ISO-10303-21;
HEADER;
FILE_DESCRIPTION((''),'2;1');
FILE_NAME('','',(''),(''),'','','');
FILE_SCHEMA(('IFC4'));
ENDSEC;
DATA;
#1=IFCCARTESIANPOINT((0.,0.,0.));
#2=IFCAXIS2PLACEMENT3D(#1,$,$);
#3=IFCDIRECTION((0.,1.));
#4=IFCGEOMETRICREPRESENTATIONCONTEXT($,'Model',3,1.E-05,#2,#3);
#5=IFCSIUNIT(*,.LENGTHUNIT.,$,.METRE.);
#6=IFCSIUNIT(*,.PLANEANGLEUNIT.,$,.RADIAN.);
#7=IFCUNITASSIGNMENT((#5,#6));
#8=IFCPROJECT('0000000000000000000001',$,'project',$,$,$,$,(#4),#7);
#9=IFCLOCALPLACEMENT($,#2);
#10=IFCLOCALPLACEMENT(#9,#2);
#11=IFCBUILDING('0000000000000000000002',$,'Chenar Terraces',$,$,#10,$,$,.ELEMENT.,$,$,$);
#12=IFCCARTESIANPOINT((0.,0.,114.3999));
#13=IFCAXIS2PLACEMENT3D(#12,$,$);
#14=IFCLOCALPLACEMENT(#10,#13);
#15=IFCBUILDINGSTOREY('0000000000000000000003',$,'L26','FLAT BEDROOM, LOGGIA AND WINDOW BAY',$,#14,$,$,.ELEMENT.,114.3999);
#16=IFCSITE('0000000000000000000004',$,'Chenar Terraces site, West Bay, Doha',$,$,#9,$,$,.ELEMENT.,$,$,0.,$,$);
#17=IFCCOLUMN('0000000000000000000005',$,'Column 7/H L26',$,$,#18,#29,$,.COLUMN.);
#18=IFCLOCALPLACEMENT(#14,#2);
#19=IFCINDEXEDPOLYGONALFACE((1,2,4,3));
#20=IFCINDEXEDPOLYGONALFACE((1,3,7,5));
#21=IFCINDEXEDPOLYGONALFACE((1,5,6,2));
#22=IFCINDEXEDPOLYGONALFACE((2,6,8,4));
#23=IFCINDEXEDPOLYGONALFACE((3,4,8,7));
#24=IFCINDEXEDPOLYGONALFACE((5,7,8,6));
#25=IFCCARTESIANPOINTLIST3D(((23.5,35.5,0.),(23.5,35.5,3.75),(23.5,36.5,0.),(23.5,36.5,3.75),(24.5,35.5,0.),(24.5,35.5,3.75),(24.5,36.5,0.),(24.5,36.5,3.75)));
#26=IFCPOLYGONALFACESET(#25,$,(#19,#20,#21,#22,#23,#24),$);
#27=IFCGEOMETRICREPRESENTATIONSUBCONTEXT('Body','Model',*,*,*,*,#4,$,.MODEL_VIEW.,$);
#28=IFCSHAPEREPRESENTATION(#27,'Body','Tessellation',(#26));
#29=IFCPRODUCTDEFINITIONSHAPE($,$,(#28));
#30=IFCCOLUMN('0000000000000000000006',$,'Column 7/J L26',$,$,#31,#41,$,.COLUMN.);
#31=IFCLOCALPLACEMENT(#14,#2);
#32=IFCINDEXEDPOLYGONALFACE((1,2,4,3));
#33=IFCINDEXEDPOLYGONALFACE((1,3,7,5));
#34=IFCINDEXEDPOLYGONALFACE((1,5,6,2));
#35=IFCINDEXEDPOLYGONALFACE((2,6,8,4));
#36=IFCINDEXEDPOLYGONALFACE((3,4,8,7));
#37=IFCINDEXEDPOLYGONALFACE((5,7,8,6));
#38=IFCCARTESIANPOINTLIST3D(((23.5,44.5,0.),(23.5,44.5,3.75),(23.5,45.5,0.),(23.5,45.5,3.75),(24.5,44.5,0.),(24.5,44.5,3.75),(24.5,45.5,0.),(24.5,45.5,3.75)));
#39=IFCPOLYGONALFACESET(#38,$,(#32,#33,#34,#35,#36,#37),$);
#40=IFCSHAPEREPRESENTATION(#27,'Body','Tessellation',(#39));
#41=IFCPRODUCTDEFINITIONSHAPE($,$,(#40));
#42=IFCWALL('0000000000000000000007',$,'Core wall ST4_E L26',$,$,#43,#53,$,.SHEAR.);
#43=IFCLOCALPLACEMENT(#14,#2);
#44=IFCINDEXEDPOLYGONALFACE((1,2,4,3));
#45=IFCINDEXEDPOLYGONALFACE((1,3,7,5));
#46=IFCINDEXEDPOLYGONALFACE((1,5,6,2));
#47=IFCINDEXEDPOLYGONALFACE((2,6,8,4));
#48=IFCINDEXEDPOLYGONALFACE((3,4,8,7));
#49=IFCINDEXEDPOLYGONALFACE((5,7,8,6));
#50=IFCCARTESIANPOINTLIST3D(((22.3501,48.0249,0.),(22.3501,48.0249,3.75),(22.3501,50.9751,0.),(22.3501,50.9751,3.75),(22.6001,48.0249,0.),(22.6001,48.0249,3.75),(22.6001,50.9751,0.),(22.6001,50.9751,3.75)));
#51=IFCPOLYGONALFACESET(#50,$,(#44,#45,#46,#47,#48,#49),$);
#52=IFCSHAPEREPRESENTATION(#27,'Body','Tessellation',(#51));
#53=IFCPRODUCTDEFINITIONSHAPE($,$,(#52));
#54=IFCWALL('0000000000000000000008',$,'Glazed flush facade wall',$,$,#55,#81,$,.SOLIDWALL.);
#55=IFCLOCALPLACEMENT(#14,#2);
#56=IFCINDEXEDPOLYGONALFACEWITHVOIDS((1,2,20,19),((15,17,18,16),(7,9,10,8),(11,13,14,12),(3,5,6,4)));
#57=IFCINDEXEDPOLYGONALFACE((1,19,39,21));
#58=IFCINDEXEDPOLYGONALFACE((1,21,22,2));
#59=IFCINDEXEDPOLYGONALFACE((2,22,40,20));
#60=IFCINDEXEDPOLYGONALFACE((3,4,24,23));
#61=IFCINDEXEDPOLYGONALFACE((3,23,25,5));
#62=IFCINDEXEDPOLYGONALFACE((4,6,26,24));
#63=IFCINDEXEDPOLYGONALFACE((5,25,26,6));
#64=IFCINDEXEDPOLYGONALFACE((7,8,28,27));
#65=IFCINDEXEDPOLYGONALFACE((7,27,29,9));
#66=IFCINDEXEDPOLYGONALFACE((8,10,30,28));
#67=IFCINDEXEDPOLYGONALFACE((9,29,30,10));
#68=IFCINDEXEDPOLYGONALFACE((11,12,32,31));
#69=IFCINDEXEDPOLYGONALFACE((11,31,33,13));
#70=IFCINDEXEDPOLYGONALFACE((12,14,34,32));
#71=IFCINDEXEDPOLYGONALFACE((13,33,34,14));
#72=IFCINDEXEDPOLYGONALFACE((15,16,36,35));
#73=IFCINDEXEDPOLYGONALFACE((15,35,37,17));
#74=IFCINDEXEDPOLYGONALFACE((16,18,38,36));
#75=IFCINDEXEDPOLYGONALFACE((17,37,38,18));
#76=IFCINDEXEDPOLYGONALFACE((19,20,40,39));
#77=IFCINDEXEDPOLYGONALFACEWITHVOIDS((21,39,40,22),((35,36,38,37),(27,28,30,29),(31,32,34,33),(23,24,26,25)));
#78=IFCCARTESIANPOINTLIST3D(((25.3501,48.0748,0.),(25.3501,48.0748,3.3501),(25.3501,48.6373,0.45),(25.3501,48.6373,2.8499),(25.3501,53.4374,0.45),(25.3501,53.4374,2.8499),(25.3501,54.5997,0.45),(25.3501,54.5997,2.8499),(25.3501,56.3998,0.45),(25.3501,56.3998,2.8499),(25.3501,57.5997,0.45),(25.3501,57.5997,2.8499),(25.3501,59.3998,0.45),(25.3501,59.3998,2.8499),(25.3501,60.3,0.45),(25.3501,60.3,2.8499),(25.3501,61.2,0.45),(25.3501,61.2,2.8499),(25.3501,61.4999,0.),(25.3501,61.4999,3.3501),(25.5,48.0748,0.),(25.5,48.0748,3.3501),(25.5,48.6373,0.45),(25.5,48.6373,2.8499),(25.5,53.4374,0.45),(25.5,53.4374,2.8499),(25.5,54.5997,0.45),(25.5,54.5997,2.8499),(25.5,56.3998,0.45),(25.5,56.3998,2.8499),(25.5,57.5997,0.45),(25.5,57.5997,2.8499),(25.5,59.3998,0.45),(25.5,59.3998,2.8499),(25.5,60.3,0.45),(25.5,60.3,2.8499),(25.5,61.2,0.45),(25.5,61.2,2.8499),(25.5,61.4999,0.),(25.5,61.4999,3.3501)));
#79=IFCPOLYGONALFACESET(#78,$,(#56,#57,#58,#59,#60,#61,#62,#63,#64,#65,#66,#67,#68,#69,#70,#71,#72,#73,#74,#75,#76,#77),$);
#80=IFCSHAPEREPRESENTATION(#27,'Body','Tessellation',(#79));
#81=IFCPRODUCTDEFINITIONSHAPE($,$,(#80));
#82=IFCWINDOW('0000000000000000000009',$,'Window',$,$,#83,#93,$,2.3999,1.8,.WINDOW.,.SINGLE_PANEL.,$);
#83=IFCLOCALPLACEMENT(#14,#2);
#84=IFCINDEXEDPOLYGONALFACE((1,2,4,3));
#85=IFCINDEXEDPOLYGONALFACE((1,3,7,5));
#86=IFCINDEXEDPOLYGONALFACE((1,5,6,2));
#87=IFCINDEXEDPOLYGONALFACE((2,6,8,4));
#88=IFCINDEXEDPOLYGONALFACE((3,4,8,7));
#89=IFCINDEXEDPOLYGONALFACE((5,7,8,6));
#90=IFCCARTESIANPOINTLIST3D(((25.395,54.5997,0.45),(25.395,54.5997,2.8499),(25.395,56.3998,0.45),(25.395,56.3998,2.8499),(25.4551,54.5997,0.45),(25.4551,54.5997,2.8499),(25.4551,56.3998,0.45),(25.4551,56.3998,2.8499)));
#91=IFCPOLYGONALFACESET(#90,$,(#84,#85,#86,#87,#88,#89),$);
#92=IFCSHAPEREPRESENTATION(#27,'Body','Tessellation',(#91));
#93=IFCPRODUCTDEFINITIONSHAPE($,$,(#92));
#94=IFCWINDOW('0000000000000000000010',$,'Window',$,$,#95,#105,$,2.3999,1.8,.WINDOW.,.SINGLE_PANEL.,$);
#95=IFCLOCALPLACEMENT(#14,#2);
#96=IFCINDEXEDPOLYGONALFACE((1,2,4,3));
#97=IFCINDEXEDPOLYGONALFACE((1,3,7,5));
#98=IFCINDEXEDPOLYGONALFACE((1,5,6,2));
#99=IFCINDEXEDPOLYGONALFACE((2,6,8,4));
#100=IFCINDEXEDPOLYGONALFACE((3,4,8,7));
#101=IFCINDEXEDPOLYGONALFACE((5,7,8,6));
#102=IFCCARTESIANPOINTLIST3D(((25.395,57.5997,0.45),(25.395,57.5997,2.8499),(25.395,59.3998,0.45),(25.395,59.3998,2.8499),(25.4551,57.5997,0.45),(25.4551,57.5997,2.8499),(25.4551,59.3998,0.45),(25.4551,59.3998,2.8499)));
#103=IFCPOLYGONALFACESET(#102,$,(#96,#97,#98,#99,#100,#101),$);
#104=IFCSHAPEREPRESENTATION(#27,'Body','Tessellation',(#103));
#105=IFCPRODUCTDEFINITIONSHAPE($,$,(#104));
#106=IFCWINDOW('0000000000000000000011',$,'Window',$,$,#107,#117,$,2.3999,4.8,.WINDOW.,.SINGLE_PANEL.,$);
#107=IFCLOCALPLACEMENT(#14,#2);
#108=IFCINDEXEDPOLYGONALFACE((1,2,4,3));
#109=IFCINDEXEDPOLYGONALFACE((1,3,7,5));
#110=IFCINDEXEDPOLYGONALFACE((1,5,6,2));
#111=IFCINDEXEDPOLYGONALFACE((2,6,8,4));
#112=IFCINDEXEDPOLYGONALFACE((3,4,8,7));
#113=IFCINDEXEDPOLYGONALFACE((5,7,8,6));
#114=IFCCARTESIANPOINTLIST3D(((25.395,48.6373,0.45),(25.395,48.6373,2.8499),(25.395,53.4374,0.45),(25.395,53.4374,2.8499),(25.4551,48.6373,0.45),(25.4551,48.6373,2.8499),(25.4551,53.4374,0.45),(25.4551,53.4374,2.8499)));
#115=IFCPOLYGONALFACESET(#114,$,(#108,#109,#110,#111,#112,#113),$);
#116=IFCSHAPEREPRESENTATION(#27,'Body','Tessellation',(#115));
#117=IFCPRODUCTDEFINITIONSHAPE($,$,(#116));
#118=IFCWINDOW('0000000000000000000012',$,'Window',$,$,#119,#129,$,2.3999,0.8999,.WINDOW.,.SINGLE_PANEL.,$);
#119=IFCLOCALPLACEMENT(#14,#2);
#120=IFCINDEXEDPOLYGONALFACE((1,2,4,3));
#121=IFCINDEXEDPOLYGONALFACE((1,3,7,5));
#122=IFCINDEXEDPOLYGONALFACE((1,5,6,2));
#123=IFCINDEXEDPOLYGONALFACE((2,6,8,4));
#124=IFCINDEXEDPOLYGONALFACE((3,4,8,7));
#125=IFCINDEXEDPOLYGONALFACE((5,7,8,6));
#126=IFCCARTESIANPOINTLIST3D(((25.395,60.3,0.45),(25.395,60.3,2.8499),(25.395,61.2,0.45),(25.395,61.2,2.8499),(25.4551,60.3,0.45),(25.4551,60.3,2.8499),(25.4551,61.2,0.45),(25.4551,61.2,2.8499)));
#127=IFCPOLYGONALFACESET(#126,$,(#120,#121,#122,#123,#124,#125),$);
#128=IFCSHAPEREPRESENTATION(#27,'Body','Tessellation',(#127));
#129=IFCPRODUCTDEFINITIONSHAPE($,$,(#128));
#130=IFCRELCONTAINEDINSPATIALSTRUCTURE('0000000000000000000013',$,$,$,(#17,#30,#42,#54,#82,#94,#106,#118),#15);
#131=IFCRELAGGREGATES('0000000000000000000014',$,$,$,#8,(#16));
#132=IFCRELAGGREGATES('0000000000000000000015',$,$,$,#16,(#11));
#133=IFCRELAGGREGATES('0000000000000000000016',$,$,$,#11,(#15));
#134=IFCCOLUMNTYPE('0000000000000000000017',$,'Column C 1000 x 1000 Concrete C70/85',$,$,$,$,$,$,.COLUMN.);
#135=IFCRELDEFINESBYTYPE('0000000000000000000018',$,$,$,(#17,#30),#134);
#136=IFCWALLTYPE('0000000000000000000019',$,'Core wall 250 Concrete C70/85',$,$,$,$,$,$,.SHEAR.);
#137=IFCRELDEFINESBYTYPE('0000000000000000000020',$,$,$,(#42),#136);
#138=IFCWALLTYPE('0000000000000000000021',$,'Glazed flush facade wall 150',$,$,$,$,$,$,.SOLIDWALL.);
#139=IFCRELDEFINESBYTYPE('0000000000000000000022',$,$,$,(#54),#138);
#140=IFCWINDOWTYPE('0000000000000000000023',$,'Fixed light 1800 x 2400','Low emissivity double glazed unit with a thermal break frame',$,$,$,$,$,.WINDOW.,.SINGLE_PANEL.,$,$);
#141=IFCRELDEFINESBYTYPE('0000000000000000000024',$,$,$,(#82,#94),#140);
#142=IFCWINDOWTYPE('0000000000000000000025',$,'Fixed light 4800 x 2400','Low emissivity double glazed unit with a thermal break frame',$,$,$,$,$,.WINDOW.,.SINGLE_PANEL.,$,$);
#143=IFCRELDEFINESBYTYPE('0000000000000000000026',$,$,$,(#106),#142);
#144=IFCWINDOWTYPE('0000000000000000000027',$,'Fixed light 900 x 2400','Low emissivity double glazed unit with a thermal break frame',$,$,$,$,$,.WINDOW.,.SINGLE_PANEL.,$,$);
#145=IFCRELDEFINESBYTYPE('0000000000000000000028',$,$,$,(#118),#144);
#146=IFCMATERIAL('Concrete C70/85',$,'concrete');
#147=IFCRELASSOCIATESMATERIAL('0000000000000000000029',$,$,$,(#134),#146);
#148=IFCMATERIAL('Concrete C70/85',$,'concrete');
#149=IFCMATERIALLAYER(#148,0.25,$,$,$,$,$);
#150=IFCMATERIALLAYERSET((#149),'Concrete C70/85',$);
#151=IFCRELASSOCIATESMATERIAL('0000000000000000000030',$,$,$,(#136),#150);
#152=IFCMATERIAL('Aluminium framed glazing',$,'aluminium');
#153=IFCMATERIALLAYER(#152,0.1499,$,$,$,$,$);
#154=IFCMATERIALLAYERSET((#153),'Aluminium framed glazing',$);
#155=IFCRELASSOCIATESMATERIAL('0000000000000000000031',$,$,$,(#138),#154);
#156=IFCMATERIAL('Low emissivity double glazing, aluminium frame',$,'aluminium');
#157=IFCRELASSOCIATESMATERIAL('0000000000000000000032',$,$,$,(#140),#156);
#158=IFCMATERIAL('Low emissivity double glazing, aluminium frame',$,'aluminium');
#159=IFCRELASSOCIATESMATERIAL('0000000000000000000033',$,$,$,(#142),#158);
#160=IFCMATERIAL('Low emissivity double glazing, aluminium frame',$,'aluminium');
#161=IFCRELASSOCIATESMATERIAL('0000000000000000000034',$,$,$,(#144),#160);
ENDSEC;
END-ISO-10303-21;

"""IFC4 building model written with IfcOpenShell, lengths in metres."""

from ifc_helpers import new_model, si_unit, direction, frame, frame_2d, origin, origin_2d, place, context, subcontext, project, spatial, rectangle, extrude, material, layer, layer_set, material_profile, profile_set, type_object, element, fill, save


model = new_model("IFC4")

# Units and contexts
model_context = context("Model", 3, precision=1e-05, world=origin(), true_north=direction((0.0, 1.0)))
body_context = subcontext(model_context, "Body", "Model", "MODEL_VIEW")
ifc_project = project(units=[si_unit("LENGTHUNIT", "METRE"), si_unit("PLANEANGLEUNIT", "RADIAN")], contexts=[model_context])

# Site, building, storey
site_placement = place(None, origin())
site = spatial("IfcSite", under=ifc_project, at=site_placement, Name="Chenar Terraces site, West Bay, Doha", CompositionType="ELEMENT", RefElevation=0.0)
building_placement = place(site_placement, origin())
building = spatial("IfcBuilding", under=site, at=building_placement, Name="Chenar Terraces", CompositionType="ELEMENT")
storey_placement = place(building_placement, frame((0.0, 0.0, 114.3999)))
storey = spatial("IfcBuildingStorey", under=building, at=storey_placement, Name="L26", Description="FLAT BEDROOM, LOGGIA AND WINDOW BAY", CompositionType="ELEMENT", Elevation=114.3999)

# Columns
ifc_material_1 = material(Name="Concrete C70/85", Category="concrete")
ifc_material_profile = material_profile(ifc_material_1, rectangle(XDim=1.0, YDim=1.0, at=origin_2d()), Name="C 1000 x 1000")
ifc_profile_set = profile_set([ifc_material_profile], Name="Concrete C70/85")
column_type = type_object("IfcColumnType", Name="Column C 1000 x 1000 Concrete C70/85", PredefinedType="COLUMN", material=ifc_profile_set)
for number, where, z_axis, x_axis, name in (
    (1, (24.0, 36.0, 0.0), (0.0, 0.0, 1.0), (1.0, 0.0, 0.0), "Column 7/H L26"),
    (2, (24.0, 45.0, 0.0), (0.0, 0.0, 1.0), (1.0, 0.0, 0.0), "Column 7/J L26"),
):
    element("IfcColumn", number, at=place(storey_placement, frame(where, z_axis=z_axis, x_axis=x_axis)), inside=storey, type_object=column_type, Name=name, PredefinedType="COLUMN", context=body_context, shape_type="SweptSolid", body=[
        extrude(rectangle(XDim=1.0, YDim=1.0, at=origin_2d()), origin(), (0.0, 0.0, 1.0), 3.75),
    ])

# Wall
ifc_material_2 = material(Name="Concrete C70/85", Category="concrete")
ifc_layer_1 = layer(ifc_material_2, 0.25)
ifc_layer_set_1 = layer_set([ifc_layer_1], Name="Concrete C70/85")
wall_type_1 = type_object("IfcWallType", Name="Core wall 250 Concrete C70/85", PredefinedType="SHEAR", material=ifc_layer_set_1)
wall_1_placement = place(storey_placement, frame((22.4751, 48.0249, 0.0), z_axis=(0.0, 0.0, 1.0), x_axis=(0.0, 1.0, 0.0)))
element("IfcWall", 3, at=wall_1_placement, inside=storey, type_object=wall_type_1, Name="Core wall ST4_E L26", PredefinedType="SHEAR", context=body_context, shape_type="SweptSolid", body=[
    extrude(rectangle(XDim=2.9502, YDim=0.25, at=frame_2d((1.4751, 0.0))), origin(), (0.0, 0.0, 1.0), 3.75),
])

# Wall, openings, windows
ifc_material_3 = material(Name="Aluminium framed glazing", Category="aluminium")
ifc_layer_2 = layer(ifc_material_3, 0.1499)
ifc_layer_set_2 = layer_set([ifc_layer_2], Name="Aluminium framed glazing")
wall_type_2 = type_object("IfcWallType", Name="Glazed flush facade wall 150", PredefinedType="SOLIDWALL", material=ifc_layer_set_2)
wall_2_placement = place(storey_placement, frame((25.425, 48.075, 0.0), z_axis=(0.0, 0.0, 1.0), x_axis=(0.0, 1.0, 0.0)))
wall_2 = element("IfcWall", 4, at=wall_2_placement, inside=storey, type_object=wall_type_2, Name="Glazed flush facade wall", PredefinedType="SOLIDWALL", context=body_context, shape_type="SweptSolid", body=[
    extrude(rectangle(XDim=13.425, YDim=0.1499, at=frame_2d((6.7124, 0.0))), origin(), (0.0, 0.0, 1.0), 3.3501),
])
opening_1_placement = place(wall_2_placement, frame((0.5625, 0.0, 0.45)))
opening_1 = element("IfcOpeningElement", 5, at=opening_1_placement, cuts=wall_2, PredefinedType="OPENING", context=body_context, shape_type="SweptSolid", body=[
    extrude(rectangle(XDim=4.8, YDim=2.3999, at=frame_2d((2.3999, 1.2))), frame((0.0, 0.085, 0.0), z_axis=(0.0, -1.0, 0.0), x_axis=(1.0, 0.0, 0.0)), (0.0, 0.0, 1.0), 0.1699),
])
opening_2_placement = place(wall_2_placement, frame((6.5249, 0.0, 0.45)))
opening_2 = element("IfcOpeningElement", 6, at=opening_2_placement, cuts=wall_2, PredefinedType="OPENING", context=body_context, shape_type="SweptSolid", body=[
    extrude(rectangle(XDim=1.8, YDim=2.3999, at=frame_2d((0.8999, 1.2))), frame((0.0, 0.085, 0.0), z_axis=(0.0, -1.0, 0.0), x_axis=(1.0, 0.0, 0.0)), (0.0, 0.0, 1.0), 0.1699),
])
opening_3_placement = place(wall_2_placement, frame((9.5249, 0.0, 0.45)))
opening_3 = element("IfcOpeningElement", 7, at=opening_3_placement, cuts=wall_2, PredefinedType="OPENING", context=body_context, shape_type="SweptSolid", body=[
    extrude(rectangle(XDim=1.8, YDim=2.3999, at=frame_2d((0.8999, 1.2))), frame((0.0, 0.085, 0.0), z_axis=(0.0, -1.0, 0.0), x_axis=(1.0, 0.0, 0.0)), (0.0, 0.0, 1.0), 0.1699),
])
opening_4_placement = place(wall_2_placement, frame((12.2251, 0.0, 0.45)))
opening_4 = element("IfcOpeningElement", 8, at=opening_4_placement, cuts=wall_2, PredefinedType="OPENING", context=body_context, shape_type="SweptSolid", body=[
    extrude(rectangle(XDim=0.8999, YDim=2.3999, at=frame_2d((0.45, 1.2))), frame((0.0, 0.085, 0.0), z_axis=(0.0, -1.0, 0.0), x_axis=(1.0, 0.0, 0.0)), (0.0, 0.0, 1.0), 0.1699),
])
ifc_material_4 = material(Name="Low emissivity double glazing, aluminium frame", Category="aluminium")
window_type_1 = type_object("IfcWindowType", Name="Fixed light 1800 x 2400", Description="Low emissivity double glazed unit with a thermal break frame", PartitioningType="SINGLE_PANEL", PredefinedType="WINDOW", material=ifc_material_4)
window_1_placement = place(opening_2_placement, origin())
window_1 = element("IfcWindow", 9, at=window_1_placement, inside=storey, type_object=window_type_1, Name="Window", OverallHeight=2.3999, OverallWidth=1.8, PartitioningType="SINGLE_PANEL", PredefinedType="WINDOW", context=body_context, shape_type="SweptSolid", body=[
    extrude(rectangle(XDim=1.8, YDim=2.3999, at=frame_2d((0.8999, 1.2))), frame((0.0, 0.03, 0.0), z_axis=(0.0, -1.0, 0.0), x_axis=(1.0, 0.0, 0.0)), (0.0, 0.0, 1.0), 0.0601),
])
fill(opening_2, window_1)
window_2_placement = place(opening_3_placement, origin())
window_2 = element("IfcWindow", 10, at=window_2_placement, inside=storey, type_object=window_type_1, Name="Window", OverallHeight=2.3999, OverallWidth=1.8, PartitioningType="SINGLE_PANEL", PredefinedType="WINDOW", context=body_context, shape_type="SweptSolid", body=[
    extrude(rectangle(XDim=1.8, YDim=2.3999, at=frame_2d((0.8999, 1.2))), frame((0.0, 0.03, 0.0), z_axis=(0.0, -1.0, 0.0), x_axis=(1.0, 0.0, 0.0)), (0.0, 0.0, 1.0), 0.0601),
])
fill(opening_3, window_2)
ifc_material_5 = material(Name="Low emissivity double glazing, aluminium frame", Category="aluminium")
window_type_2 = type_object("IfcWindowType", Name="Fixed light 4800 x 2400", Description="Low emissivity double glazed unit with a thermal break frame", PartitioningType="SINGLE_PANEL", PredefinedType="WINDOW", material=ifc_material_5)
window_3_placement = place(opening_1_placement, origin())
window_3 = element("IfcWindow", 11, at=window_3_placement, inside=storey, type_object=window_type_2, Name="Window", OverallHeight=2.3999, OverallWidth=4.8, PartitioningType="SINGLE_PANEL", PredefinedType="WINDOW", context=body_context, shape_type="SweptSolid", body=[
    extrude(rectangle(XDim=4.8, YDim=2.3999, at=frame_2d((2.3999, 1.2))), frame((0.0, 0.03, 0.0), z_axis=(0.0, -1.0, 0.0), x_axis=(1.0, 0.0, 0.0)), (0.0, 0.0, 1.0), 0.0601),
])
fill(opening_1, window_3)
ifc_material_6 = material(Name="Low emissivity double glazing, aluminium frame", Category="aluminium")
window_type_3 = type_object("IfcWindowType", Name="Fixed light 900 x 2400", Description="Low emissivity double glazed unit with a thermal break frame", PartitioningType="SINGLE_PANEL", PredefinedType="WINDOW", material=ifc_material_6)
window_4_placement = place(opening_4_placement, origin())
window_4 = element("IfcWindow", 12, at=window_4_placement, inside=storey, type_object=window_type_3, Name="Window", OverallHeight=2.3999, OverallWidth=0.8999, PartitioningType="SINGLE_PANEL", PredefinedType="WINDOW", context=body_context, shape_type="SweptSolid", body=[
    extrude(rectangle(XDim=0.8999, YDim=2.3999, at=frame_2d((0.45, 1.2))), frame((0.0, 0.03, 0.0), z_axis=(0.0, -1.0, 0.0), x_axis=(1.0, 0.0, 0.0)), (0.0, 0.0, 1.0), 0.0601),
])
fill(opening_4, window_4)

save(model, "model.ifc")
